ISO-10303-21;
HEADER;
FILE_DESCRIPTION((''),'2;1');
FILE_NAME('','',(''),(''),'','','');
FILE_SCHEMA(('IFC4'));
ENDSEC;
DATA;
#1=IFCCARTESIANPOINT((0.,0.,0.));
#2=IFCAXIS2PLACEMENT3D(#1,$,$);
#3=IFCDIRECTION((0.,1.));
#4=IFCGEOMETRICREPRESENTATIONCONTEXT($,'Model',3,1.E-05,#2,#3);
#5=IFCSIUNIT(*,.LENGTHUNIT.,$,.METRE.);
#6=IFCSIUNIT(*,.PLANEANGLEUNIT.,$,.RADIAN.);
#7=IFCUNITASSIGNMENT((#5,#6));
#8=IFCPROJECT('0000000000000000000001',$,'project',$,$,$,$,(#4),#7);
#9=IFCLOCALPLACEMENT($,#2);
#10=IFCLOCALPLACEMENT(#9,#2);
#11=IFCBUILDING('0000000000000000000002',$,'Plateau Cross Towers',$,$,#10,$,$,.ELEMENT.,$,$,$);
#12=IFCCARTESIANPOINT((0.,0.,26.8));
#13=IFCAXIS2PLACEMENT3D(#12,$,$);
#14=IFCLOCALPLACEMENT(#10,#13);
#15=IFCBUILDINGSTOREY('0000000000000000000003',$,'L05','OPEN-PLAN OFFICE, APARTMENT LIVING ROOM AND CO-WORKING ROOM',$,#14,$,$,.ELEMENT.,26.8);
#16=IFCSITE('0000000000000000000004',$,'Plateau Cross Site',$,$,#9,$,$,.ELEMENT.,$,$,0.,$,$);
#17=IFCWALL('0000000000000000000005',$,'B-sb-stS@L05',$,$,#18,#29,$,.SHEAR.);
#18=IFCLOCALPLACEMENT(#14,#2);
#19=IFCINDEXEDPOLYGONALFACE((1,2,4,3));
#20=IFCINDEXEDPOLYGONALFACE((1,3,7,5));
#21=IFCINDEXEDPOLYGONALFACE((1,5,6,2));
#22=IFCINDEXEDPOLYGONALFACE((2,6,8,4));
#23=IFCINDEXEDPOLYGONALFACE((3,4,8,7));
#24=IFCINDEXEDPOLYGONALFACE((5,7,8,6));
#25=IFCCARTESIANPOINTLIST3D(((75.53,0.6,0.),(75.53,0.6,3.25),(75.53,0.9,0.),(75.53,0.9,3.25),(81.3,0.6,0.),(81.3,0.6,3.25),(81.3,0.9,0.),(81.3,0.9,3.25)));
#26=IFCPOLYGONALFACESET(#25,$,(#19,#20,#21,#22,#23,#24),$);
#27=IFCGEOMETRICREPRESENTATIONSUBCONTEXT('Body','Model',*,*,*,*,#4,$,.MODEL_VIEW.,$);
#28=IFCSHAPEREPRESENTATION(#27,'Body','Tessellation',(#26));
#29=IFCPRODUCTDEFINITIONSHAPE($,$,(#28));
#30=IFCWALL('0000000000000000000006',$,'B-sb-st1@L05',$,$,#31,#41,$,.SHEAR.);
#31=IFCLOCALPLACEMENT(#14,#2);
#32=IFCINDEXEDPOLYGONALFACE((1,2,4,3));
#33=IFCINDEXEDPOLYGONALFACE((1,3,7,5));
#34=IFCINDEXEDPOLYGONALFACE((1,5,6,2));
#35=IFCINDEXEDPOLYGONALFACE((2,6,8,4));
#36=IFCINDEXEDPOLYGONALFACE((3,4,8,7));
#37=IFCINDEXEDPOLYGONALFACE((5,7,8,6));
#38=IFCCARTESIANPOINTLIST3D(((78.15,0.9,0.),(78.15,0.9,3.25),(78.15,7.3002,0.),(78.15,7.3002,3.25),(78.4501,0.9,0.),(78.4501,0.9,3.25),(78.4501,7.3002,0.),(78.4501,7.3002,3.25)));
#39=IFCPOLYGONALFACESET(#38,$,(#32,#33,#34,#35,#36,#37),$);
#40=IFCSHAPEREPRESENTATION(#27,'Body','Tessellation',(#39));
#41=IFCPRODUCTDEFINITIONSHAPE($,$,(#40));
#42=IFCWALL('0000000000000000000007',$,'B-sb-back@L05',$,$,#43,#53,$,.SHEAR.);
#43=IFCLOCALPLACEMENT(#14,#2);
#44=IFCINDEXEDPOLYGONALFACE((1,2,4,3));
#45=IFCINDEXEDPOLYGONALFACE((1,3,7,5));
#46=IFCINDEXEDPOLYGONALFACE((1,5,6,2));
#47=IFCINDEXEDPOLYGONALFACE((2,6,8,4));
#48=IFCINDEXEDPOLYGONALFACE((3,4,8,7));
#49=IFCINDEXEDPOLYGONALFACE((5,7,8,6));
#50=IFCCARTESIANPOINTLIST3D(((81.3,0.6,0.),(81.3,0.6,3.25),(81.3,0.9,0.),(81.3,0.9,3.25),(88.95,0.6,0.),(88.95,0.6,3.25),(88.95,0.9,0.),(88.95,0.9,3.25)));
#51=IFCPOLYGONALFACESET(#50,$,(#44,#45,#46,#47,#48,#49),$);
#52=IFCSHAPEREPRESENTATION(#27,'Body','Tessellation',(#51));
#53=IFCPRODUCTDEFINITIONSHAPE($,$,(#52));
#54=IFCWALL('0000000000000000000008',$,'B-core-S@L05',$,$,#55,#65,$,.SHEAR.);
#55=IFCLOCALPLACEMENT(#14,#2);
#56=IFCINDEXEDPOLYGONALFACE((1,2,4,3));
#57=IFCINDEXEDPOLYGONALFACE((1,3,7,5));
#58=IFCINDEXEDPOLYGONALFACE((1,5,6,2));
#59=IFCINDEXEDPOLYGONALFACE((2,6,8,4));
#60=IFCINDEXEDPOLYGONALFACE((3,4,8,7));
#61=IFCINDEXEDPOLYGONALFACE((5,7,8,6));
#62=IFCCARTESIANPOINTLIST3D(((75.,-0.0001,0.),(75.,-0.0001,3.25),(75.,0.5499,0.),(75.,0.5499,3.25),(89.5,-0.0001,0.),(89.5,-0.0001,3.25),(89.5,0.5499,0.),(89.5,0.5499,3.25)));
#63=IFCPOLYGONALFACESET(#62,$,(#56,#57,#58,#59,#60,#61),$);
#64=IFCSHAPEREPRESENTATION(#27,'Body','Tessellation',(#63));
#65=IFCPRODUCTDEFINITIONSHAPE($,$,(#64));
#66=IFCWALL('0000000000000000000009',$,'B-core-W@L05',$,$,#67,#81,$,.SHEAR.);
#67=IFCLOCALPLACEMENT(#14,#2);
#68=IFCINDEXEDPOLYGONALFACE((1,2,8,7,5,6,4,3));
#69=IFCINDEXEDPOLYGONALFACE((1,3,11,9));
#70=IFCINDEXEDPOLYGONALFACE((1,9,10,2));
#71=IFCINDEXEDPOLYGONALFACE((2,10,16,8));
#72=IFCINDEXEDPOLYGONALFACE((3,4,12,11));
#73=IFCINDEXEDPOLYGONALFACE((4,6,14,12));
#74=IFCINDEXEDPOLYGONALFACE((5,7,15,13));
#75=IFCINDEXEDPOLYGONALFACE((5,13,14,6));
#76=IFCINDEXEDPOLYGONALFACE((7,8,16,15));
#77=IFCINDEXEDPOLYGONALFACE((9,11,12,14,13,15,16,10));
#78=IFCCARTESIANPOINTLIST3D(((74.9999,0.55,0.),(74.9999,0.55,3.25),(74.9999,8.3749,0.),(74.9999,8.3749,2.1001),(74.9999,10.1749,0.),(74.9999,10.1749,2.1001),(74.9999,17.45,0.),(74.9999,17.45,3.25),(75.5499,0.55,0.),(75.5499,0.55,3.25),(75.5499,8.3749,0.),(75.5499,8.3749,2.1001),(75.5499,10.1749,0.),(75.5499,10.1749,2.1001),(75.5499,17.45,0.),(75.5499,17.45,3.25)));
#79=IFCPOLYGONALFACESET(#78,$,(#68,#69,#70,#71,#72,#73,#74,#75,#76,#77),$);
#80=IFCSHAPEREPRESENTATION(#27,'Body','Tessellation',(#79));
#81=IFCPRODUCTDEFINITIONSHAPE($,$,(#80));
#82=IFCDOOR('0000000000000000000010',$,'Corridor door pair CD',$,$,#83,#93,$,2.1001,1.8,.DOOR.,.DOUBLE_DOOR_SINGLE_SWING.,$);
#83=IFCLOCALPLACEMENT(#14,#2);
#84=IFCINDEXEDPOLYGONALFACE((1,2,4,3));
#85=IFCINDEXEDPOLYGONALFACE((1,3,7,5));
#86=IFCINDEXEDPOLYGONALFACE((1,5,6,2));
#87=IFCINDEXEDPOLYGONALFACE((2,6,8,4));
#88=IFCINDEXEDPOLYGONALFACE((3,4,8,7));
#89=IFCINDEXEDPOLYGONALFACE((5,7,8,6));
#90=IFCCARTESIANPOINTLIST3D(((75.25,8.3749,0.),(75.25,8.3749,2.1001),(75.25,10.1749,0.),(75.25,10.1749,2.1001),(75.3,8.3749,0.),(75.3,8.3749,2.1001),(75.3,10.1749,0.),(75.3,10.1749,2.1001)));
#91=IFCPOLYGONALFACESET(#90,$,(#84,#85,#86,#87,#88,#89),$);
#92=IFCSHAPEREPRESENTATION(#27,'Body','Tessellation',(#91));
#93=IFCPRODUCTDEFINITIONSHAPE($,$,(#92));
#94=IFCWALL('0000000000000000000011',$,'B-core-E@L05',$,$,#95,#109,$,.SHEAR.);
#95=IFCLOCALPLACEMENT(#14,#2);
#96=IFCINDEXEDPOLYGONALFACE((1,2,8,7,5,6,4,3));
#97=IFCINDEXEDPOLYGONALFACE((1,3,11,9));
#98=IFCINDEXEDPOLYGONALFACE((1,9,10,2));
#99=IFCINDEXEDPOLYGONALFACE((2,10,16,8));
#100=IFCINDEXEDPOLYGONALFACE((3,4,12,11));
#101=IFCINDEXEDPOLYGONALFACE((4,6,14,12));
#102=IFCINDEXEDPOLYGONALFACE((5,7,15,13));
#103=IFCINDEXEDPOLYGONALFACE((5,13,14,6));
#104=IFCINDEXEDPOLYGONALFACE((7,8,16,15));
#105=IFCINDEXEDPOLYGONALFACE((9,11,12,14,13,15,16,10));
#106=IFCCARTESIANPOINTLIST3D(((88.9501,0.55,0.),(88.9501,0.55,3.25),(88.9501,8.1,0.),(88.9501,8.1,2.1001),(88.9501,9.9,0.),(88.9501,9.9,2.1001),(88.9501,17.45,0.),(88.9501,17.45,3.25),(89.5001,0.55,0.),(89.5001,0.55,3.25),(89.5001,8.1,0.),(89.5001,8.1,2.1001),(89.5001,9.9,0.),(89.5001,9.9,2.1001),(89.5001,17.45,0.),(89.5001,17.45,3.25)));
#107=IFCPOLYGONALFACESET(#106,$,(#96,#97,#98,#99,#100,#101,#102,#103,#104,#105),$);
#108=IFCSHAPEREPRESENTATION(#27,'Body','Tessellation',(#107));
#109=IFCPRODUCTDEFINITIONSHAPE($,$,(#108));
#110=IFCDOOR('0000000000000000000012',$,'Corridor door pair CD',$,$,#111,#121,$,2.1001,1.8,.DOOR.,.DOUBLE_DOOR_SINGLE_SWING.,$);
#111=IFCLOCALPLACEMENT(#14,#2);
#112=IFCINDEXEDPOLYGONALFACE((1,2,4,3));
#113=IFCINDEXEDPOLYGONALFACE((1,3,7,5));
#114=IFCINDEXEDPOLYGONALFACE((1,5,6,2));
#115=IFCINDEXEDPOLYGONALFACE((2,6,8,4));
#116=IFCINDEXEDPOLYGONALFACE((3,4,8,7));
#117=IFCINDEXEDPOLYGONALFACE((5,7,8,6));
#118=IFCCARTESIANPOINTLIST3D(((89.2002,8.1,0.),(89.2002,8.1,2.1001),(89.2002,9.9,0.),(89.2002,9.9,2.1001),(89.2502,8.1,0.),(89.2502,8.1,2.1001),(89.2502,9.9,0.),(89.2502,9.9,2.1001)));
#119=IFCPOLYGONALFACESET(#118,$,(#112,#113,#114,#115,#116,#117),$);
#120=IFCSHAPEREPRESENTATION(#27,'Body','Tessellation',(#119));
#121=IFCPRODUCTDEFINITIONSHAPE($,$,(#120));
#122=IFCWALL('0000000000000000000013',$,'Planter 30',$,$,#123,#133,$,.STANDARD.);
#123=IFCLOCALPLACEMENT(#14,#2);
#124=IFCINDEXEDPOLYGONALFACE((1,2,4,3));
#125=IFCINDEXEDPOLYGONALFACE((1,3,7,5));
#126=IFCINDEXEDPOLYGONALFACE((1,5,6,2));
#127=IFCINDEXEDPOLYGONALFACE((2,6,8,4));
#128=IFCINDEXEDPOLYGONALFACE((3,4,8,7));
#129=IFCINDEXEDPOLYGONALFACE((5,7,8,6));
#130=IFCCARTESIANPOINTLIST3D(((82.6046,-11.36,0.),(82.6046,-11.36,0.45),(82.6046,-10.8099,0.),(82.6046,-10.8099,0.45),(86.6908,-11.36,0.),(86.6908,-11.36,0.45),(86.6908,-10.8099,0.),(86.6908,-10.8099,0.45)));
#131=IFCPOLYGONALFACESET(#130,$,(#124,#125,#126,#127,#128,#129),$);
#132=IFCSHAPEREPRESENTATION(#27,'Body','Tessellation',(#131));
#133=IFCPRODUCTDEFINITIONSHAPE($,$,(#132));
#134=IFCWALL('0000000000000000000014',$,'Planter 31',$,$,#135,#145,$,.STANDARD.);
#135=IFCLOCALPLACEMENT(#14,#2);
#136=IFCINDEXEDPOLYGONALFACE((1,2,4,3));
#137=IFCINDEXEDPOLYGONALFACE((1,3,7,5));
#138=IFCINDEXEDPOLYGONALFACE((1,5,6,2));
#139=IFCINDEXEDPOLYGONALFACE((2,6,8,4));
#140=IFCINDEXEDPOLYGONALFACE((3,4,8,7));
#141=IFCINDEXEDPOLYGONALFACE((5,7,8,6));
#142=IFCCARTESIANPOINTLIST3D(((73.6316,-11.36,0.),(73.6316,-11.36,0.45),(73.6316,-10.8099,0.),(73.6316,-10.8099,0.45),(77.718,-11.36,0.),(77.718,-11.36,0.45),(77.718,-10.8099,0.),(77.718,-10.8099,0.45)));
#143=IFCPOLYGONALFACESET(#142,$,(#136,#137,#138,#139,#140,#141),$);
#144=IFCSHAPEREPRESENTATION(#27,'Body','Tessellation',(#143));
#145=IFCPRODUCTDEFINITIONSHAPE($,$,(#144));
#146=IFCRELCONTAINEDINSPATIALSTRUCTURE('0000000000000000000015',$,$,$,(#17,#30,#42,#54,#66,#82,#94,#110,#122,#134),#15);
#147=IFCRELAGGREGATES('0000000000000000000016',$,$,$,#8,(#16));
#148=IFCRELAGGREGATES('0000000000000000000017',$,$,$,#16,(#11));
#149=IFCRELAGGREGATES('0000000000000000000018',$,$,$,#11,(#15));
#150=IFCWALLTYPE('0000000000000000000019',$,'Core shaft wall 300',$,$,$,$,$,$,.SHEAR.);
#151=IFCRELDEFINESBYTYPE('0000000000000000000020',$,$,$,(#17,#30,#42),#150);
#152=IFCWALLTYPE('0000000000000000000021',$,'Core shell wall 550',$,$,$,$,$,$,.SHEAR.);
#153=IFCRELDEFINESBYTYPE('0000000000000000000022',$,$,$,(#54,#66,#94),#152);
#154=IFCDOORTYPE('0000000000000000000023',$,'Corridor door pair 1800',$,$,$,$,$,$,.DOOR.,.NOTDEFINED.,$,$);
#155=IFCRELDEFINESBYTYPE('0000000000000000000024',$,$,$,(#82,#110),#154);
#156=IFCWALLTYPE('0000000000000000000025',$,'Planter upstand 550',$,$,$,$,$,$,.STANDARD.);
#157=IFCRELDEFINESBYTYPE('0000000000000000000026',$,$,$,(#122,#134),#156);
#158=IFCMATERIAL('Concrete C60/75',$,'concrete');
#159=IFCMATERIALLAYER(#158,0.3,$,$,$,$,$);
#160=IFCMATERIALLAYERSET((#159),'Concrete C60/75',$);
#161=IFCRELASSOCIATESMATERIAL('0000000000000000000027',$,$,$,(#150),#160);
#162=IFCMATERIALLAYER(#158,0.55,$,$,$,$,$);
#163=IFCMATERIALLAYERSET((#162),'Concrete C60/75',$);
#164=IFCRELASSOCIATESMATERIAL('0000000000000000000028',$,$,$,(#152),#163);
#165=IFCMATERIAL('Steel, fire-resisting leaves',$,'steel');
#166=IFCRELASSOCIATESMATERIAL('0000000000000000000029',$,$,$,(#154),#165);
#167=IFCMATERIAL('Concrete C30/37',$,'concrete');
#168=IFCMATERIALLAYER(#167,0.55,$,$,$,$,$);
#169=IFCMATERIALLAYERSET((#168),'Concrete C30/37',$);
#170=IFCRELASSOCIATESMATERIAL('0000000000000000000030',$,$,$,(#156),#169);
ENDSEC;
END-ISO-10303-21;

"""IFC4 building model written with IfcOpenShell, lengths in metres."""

from ifc_helpers import new_model, si_unit, direction, frame, frame_2d, origin, place, context, subcontext, project, spatial, rectangle, extrude, material, layer, layer_set, type_object, element, fill, save


model = new_model("IFC4")

# Units and contexts
model_context = context("Model", 3, precision=1e-05, world=origin(), true_north=direction((0.0, 1.0)))
body_context = subcontext(model_context, "Body", "Model", "MODEL_VIEW")
ifc_project = project(units=[si_unit("LENGTHUNIT", "METRE"), si_unit("PLANEANGLEUNIT", "RADIAN")], contexts=[model_context])

# Site, building, storey
site_placement = place(None, origin())
site = spatial("IfcSite", under=ifc_project, at=site_placement, Name="Plateau Cross Site", CompositionType="ELEMENT", RefElevation=0.0)
building_placement = place(site_placement, origin())
building = spatial("IfcBuilding", under=site, at=building_placement, Name="Plateau Cross Towers", CompositionType="ELEMENT")
storey_placement = place(building_placement, frame((0.0, 0.0, 26.8)))
storey = spatial("IfcBuildingStorey", under=building, at=storey_placement, Name="L05", Description="OPEN-PLAN OFFICE, APARTMENT LIVING ROOM AND CO-WORKING ROOM", CompositionType="ELEMENT", Elevation=26.8)

# Shared definitions
ifc_material_1 = material(Name="Concrete C60/75", Category="concrete")

# Walls
ifc_layer_1 = layer(ifc_material_1, 0.3)
ifc_layer_set_1 = layer_set([ifc_layer_1], Name="Concrete C60/75")
wall_type_1 = type_object("IfcWallType", Name="Core shaft wall 300", PredefinedType="SHEAR", material=ifc_layer_set_1)
wall_1_placement = place(storey_placement, frame((75.53, 0.75, 0.0), z_axis=(0.0, 0.0, 1.0), x_axis=(1.0, 0.0, 0.0)))
element("IfcWall", 1, at=wall_1_placement, inside=storey, type_object=wall_type_1, Name="B-sb-stS@L05", PredefinedType="SHEAR", context=body_context, shape_type="SweptSolid", body=[
    extrude(rectangle(XDim=5.77, YDim=0.3, at=frame_2d((2.885, 0.0))), origin(), (0.0, 0.0, 1.0), 3.25),
])
wall_2_placement = place(storey_placement, frame((78.3, 0.8999, 0.0), z_axis=(0.0, 0.0, 1.0), x_axis=(0.0, 1.0, 0.0)))
element("IfcWall", 2, at=wall_2_placement, inside=storey, type_object=wall_type_1, Name="B-sb-st1@L05", PredefinedType="SHEAR", context=body_context, shape_type="SweptSolid", body=[
    extrude(rectangle(XDim=6.4001, YDim=0.3, at=frame_2d((3.2002, 0.0))), origin(), (0.0, 0.0, 1.0), 3.25),
])
wall_3_placement = place(storey_placement, frame((81.3, 0.75, 0.0), z_axis=(0.0, 0.0, 1.0), x_axis=(1.0, 0.0, 0.0)))
element("IfcWall", 3, at=wall_3_placement, inside=storey, type_object=wall_type_1, Name="B-sb-back@L05", PredefinedType="SHEAR", context=body_context, shape_type="SweptSolid", body=[
    extrude(rectangle(XDim=7.6499, YDim=0.3, at=frame_2d((3.825, 0.0))), origin(), (0.0, 0.0, 1.0), 3.25),
])
ifc_layer_2 = layer(ifc_material_1, 0.55)
ifc_layer_set_2 = layer_set([ifc_layer_2], Name="Concrete C60/75")
wall_type_2 = type_object("IfcWallType", Name="Core shell wall 550", PredefinedType="SHEAR", material=ifc_layer_set_2)
wall_4_placement = place(storey_placement, frame((75.0, 0.2749, 0.0), z_axis=(0.0, 0.0, 1.0), x_axis=(1.0, 0.0, 0.0)))
element("IfcWall", 4, at=wall_4_placement, inside=storey, type_object=wall_type_2, Name="B-core-S@L05", PredefinedType="SHEAR", context=body_context, shape_type="SweptSolid", body=[
    extrude(rectangle(XDim=14.5, YDim=0.55, at=frame_2d((7.25, 0.0))), origin(), (0.0, 0.0, 1.0), 3.25),
])

# Walls, openings, doors
wall_5_placement = place(storey_placement, frame((75.2749, 0.55, 0.0), z_axis=(0.0, 0.0, 1.0), x_axis=(0.0, 1.0, 0.0)))
wall_5 = element("IfcWall", 5, at=wall_5_placement, inside=storey, type_object=wall_type_2, Name="B-core-W@L05", PredefinedType="SHEAR", context=body_context, shape_type="SweptSolid", body=[
    extrude(rectangle(XDim=16.8999, YDim=0.55, at=frame_2d((8.45, 0.0))), origin(), (0.0, 0.0, 1.0), 3.25),
])
opening_1_placement = place(wall_5_placement, frame((7.825, 0.0, 0.0)))
opening_1 = element("IfcOpeningElement", 6, at=opening_1_placement, cuts=wall_5, PredefinedType="OPENING", context=body_context, shape_type="SweptSolid", body=[
    extrude(rectangle(XDim=1.8, YDim=2.1001, at=frame_2d((0.8999, 1.05))), frame((0.0, 0.2849, 0.0), z_axis=(0.0, -1.0, 0.0), x_axis=(1.0, 0.0, 0.0)), (0.0, 0.0, 1.0), 0.5701),
])
ifc_material_2 = material(Name="Steel, fire-resisting leaves", Category="steel")
door_type_1 = type_object("IfcDoorType", Name="Corridor door pair 1800", OperationType="NOTDEFINED", PredefinedType="DOOR", material=ifc_material_2)
door_1_placement = place(opening_1_placement, origin())
door_1 = element("IfcDoor", 7, at=door_1_placement, inside=storey, type_object=door_type_1, Name="Corridor door pair CD", OperationType="DOUBLE_DOOR_SINGLE_SWING", OverallHeight=2.1001, OverallWidth=1.8, PredefinedType="DOOR", context=body_context, shape_type="SweptSolid", body=[
    extrude(rectangle(XDim=1.8, YDim=2.1001, at=frame_2d((0.8999, 1.05))), frame((0.0, 0.0249, 0.0), z_axis=(0.0, -1.0, 0.0), x_axis=(1.0, 0.0, 0.0)), (0.0, 0.0, 1.0), 0.05),
])
fill(opening_1, door_1)
wall_6_placement = place(storey_placement, frame((89.2251, 0.55, 0.0), z_axis=(0.0, 0.0, 1.0), x_axis=(0.0, 1.0, 0.0)))
wall_6 = element("IfcWall", 8, at=wall_6_placement, inside=storey, type_object=wall_type_2, Name="B-core-E@L05", PredefinedType="SHEAR", context=body_context, shape_type="SweptSolid", body=[
    extrude(rectangle(XDim=16.8999, YDim=0.55, at=frame_2d((8.45, 0.0))), origin(), (0.0, 0.0, 1.0), 3.25),
])
opening_2_placement = place(wall_6_placement, frame((7.55, 0.0, 0.0)))
opening_2 = element("IfcOpeningElement", 9, at=opening_2_placement, cuts=wall_6, PredefinedType="OPENING", context=body_context, shape_type="SweptSolid", body=[
    extrude(rectangle(XDim=1.8, YDim=2.1001, at=frame_2d((0.8999, 1.05))), frame((0.0, 0.2849, 0.0), z_axis=(0.0, -1.0, 0.0), x_axis=(1.0, 0.0, 0.0)), (0.0, 0.0, 1.0), 0.5701),
])
door_2_placement = place(opening_2_placement, origin())
door_2 = element("IfcDoor", 10, at=door_2_placement, inside=storey, type_object=door_type_1, Name="Corridor door pair CD", OperationType="DOUBLE_DOOR_SINGLE_SWING", OverallHeight=2.1001, OverallWidth=1.8, PredefinedType="DOOR", context=body_context, shape_type="SweptSolid", body=[
    extrude(rectangle(XDim=1.8, YDim=2.1001, at=frame_2d((0.8999, 1.05))), frame((0.0, 0.0249, 0.0), z_axis=(0.0, -1.0, 0.0), x_axis=(1.0, 0.0, 0.0)), (0.0, 0.0, 1.0), 0.05),
])
fill(opening_2, door_2)

# Walls
ifc_material_3 = material(Name="Concrete C30/37", Category="concrete")
ifc_layer_3 = layer(ifc_material_3, 0.55)
ifc_layer_set_3 = layer_set([ifc_layer_3], Name="Concrete C30/37")
wall_type_3 = type_object("IfcWallType", Name="Planter upstand 550", PredefinedType="STANDARD", material=ifc_layer_set_3)
wall_7_placement = place(storey_placement, frame((86.6907, -11.085, 0.0), z_axis=(0.0, 0.0, 1.0), x_axis=(-1.0, 0.0, 0.0)))
element("IfcWall", 11, at=wall_7_placement, inside=storey, type_object=wall_type_3, Name="Planter 30", PredefinedType="STANDARD", context=body_context, shape_type="SweptSolid", body=[
    extrude(rectangle(XDim=4.0862, YDim=0.55, at=frame_2d((2.043, 0.0))), origin(), (0.0, 0.0, 1.0), 0.45),
])
wall_8_placement = place(storey_placement, frame((77.718, -11.085, 0.0), z_axis=(0.0, 0.0, 1.0), x_axis=(-1.0, 0.0, 0.0)))
element("IfcWall", 12, at=wall_8_placement, inside=storey, type_object=wall_type_3, Name="Planter 31", PredefinedType="STANDARD", context=body_context, shape_type="SweptSolid", body=[
    extrude(rectangle(XDim=4.0864, YDim=0.55, at=frame_2d((2.0432, 0.0))), origin(), (0.0, 0.0, 1.0), 0.45),
])

save(model, "model.ifc")
